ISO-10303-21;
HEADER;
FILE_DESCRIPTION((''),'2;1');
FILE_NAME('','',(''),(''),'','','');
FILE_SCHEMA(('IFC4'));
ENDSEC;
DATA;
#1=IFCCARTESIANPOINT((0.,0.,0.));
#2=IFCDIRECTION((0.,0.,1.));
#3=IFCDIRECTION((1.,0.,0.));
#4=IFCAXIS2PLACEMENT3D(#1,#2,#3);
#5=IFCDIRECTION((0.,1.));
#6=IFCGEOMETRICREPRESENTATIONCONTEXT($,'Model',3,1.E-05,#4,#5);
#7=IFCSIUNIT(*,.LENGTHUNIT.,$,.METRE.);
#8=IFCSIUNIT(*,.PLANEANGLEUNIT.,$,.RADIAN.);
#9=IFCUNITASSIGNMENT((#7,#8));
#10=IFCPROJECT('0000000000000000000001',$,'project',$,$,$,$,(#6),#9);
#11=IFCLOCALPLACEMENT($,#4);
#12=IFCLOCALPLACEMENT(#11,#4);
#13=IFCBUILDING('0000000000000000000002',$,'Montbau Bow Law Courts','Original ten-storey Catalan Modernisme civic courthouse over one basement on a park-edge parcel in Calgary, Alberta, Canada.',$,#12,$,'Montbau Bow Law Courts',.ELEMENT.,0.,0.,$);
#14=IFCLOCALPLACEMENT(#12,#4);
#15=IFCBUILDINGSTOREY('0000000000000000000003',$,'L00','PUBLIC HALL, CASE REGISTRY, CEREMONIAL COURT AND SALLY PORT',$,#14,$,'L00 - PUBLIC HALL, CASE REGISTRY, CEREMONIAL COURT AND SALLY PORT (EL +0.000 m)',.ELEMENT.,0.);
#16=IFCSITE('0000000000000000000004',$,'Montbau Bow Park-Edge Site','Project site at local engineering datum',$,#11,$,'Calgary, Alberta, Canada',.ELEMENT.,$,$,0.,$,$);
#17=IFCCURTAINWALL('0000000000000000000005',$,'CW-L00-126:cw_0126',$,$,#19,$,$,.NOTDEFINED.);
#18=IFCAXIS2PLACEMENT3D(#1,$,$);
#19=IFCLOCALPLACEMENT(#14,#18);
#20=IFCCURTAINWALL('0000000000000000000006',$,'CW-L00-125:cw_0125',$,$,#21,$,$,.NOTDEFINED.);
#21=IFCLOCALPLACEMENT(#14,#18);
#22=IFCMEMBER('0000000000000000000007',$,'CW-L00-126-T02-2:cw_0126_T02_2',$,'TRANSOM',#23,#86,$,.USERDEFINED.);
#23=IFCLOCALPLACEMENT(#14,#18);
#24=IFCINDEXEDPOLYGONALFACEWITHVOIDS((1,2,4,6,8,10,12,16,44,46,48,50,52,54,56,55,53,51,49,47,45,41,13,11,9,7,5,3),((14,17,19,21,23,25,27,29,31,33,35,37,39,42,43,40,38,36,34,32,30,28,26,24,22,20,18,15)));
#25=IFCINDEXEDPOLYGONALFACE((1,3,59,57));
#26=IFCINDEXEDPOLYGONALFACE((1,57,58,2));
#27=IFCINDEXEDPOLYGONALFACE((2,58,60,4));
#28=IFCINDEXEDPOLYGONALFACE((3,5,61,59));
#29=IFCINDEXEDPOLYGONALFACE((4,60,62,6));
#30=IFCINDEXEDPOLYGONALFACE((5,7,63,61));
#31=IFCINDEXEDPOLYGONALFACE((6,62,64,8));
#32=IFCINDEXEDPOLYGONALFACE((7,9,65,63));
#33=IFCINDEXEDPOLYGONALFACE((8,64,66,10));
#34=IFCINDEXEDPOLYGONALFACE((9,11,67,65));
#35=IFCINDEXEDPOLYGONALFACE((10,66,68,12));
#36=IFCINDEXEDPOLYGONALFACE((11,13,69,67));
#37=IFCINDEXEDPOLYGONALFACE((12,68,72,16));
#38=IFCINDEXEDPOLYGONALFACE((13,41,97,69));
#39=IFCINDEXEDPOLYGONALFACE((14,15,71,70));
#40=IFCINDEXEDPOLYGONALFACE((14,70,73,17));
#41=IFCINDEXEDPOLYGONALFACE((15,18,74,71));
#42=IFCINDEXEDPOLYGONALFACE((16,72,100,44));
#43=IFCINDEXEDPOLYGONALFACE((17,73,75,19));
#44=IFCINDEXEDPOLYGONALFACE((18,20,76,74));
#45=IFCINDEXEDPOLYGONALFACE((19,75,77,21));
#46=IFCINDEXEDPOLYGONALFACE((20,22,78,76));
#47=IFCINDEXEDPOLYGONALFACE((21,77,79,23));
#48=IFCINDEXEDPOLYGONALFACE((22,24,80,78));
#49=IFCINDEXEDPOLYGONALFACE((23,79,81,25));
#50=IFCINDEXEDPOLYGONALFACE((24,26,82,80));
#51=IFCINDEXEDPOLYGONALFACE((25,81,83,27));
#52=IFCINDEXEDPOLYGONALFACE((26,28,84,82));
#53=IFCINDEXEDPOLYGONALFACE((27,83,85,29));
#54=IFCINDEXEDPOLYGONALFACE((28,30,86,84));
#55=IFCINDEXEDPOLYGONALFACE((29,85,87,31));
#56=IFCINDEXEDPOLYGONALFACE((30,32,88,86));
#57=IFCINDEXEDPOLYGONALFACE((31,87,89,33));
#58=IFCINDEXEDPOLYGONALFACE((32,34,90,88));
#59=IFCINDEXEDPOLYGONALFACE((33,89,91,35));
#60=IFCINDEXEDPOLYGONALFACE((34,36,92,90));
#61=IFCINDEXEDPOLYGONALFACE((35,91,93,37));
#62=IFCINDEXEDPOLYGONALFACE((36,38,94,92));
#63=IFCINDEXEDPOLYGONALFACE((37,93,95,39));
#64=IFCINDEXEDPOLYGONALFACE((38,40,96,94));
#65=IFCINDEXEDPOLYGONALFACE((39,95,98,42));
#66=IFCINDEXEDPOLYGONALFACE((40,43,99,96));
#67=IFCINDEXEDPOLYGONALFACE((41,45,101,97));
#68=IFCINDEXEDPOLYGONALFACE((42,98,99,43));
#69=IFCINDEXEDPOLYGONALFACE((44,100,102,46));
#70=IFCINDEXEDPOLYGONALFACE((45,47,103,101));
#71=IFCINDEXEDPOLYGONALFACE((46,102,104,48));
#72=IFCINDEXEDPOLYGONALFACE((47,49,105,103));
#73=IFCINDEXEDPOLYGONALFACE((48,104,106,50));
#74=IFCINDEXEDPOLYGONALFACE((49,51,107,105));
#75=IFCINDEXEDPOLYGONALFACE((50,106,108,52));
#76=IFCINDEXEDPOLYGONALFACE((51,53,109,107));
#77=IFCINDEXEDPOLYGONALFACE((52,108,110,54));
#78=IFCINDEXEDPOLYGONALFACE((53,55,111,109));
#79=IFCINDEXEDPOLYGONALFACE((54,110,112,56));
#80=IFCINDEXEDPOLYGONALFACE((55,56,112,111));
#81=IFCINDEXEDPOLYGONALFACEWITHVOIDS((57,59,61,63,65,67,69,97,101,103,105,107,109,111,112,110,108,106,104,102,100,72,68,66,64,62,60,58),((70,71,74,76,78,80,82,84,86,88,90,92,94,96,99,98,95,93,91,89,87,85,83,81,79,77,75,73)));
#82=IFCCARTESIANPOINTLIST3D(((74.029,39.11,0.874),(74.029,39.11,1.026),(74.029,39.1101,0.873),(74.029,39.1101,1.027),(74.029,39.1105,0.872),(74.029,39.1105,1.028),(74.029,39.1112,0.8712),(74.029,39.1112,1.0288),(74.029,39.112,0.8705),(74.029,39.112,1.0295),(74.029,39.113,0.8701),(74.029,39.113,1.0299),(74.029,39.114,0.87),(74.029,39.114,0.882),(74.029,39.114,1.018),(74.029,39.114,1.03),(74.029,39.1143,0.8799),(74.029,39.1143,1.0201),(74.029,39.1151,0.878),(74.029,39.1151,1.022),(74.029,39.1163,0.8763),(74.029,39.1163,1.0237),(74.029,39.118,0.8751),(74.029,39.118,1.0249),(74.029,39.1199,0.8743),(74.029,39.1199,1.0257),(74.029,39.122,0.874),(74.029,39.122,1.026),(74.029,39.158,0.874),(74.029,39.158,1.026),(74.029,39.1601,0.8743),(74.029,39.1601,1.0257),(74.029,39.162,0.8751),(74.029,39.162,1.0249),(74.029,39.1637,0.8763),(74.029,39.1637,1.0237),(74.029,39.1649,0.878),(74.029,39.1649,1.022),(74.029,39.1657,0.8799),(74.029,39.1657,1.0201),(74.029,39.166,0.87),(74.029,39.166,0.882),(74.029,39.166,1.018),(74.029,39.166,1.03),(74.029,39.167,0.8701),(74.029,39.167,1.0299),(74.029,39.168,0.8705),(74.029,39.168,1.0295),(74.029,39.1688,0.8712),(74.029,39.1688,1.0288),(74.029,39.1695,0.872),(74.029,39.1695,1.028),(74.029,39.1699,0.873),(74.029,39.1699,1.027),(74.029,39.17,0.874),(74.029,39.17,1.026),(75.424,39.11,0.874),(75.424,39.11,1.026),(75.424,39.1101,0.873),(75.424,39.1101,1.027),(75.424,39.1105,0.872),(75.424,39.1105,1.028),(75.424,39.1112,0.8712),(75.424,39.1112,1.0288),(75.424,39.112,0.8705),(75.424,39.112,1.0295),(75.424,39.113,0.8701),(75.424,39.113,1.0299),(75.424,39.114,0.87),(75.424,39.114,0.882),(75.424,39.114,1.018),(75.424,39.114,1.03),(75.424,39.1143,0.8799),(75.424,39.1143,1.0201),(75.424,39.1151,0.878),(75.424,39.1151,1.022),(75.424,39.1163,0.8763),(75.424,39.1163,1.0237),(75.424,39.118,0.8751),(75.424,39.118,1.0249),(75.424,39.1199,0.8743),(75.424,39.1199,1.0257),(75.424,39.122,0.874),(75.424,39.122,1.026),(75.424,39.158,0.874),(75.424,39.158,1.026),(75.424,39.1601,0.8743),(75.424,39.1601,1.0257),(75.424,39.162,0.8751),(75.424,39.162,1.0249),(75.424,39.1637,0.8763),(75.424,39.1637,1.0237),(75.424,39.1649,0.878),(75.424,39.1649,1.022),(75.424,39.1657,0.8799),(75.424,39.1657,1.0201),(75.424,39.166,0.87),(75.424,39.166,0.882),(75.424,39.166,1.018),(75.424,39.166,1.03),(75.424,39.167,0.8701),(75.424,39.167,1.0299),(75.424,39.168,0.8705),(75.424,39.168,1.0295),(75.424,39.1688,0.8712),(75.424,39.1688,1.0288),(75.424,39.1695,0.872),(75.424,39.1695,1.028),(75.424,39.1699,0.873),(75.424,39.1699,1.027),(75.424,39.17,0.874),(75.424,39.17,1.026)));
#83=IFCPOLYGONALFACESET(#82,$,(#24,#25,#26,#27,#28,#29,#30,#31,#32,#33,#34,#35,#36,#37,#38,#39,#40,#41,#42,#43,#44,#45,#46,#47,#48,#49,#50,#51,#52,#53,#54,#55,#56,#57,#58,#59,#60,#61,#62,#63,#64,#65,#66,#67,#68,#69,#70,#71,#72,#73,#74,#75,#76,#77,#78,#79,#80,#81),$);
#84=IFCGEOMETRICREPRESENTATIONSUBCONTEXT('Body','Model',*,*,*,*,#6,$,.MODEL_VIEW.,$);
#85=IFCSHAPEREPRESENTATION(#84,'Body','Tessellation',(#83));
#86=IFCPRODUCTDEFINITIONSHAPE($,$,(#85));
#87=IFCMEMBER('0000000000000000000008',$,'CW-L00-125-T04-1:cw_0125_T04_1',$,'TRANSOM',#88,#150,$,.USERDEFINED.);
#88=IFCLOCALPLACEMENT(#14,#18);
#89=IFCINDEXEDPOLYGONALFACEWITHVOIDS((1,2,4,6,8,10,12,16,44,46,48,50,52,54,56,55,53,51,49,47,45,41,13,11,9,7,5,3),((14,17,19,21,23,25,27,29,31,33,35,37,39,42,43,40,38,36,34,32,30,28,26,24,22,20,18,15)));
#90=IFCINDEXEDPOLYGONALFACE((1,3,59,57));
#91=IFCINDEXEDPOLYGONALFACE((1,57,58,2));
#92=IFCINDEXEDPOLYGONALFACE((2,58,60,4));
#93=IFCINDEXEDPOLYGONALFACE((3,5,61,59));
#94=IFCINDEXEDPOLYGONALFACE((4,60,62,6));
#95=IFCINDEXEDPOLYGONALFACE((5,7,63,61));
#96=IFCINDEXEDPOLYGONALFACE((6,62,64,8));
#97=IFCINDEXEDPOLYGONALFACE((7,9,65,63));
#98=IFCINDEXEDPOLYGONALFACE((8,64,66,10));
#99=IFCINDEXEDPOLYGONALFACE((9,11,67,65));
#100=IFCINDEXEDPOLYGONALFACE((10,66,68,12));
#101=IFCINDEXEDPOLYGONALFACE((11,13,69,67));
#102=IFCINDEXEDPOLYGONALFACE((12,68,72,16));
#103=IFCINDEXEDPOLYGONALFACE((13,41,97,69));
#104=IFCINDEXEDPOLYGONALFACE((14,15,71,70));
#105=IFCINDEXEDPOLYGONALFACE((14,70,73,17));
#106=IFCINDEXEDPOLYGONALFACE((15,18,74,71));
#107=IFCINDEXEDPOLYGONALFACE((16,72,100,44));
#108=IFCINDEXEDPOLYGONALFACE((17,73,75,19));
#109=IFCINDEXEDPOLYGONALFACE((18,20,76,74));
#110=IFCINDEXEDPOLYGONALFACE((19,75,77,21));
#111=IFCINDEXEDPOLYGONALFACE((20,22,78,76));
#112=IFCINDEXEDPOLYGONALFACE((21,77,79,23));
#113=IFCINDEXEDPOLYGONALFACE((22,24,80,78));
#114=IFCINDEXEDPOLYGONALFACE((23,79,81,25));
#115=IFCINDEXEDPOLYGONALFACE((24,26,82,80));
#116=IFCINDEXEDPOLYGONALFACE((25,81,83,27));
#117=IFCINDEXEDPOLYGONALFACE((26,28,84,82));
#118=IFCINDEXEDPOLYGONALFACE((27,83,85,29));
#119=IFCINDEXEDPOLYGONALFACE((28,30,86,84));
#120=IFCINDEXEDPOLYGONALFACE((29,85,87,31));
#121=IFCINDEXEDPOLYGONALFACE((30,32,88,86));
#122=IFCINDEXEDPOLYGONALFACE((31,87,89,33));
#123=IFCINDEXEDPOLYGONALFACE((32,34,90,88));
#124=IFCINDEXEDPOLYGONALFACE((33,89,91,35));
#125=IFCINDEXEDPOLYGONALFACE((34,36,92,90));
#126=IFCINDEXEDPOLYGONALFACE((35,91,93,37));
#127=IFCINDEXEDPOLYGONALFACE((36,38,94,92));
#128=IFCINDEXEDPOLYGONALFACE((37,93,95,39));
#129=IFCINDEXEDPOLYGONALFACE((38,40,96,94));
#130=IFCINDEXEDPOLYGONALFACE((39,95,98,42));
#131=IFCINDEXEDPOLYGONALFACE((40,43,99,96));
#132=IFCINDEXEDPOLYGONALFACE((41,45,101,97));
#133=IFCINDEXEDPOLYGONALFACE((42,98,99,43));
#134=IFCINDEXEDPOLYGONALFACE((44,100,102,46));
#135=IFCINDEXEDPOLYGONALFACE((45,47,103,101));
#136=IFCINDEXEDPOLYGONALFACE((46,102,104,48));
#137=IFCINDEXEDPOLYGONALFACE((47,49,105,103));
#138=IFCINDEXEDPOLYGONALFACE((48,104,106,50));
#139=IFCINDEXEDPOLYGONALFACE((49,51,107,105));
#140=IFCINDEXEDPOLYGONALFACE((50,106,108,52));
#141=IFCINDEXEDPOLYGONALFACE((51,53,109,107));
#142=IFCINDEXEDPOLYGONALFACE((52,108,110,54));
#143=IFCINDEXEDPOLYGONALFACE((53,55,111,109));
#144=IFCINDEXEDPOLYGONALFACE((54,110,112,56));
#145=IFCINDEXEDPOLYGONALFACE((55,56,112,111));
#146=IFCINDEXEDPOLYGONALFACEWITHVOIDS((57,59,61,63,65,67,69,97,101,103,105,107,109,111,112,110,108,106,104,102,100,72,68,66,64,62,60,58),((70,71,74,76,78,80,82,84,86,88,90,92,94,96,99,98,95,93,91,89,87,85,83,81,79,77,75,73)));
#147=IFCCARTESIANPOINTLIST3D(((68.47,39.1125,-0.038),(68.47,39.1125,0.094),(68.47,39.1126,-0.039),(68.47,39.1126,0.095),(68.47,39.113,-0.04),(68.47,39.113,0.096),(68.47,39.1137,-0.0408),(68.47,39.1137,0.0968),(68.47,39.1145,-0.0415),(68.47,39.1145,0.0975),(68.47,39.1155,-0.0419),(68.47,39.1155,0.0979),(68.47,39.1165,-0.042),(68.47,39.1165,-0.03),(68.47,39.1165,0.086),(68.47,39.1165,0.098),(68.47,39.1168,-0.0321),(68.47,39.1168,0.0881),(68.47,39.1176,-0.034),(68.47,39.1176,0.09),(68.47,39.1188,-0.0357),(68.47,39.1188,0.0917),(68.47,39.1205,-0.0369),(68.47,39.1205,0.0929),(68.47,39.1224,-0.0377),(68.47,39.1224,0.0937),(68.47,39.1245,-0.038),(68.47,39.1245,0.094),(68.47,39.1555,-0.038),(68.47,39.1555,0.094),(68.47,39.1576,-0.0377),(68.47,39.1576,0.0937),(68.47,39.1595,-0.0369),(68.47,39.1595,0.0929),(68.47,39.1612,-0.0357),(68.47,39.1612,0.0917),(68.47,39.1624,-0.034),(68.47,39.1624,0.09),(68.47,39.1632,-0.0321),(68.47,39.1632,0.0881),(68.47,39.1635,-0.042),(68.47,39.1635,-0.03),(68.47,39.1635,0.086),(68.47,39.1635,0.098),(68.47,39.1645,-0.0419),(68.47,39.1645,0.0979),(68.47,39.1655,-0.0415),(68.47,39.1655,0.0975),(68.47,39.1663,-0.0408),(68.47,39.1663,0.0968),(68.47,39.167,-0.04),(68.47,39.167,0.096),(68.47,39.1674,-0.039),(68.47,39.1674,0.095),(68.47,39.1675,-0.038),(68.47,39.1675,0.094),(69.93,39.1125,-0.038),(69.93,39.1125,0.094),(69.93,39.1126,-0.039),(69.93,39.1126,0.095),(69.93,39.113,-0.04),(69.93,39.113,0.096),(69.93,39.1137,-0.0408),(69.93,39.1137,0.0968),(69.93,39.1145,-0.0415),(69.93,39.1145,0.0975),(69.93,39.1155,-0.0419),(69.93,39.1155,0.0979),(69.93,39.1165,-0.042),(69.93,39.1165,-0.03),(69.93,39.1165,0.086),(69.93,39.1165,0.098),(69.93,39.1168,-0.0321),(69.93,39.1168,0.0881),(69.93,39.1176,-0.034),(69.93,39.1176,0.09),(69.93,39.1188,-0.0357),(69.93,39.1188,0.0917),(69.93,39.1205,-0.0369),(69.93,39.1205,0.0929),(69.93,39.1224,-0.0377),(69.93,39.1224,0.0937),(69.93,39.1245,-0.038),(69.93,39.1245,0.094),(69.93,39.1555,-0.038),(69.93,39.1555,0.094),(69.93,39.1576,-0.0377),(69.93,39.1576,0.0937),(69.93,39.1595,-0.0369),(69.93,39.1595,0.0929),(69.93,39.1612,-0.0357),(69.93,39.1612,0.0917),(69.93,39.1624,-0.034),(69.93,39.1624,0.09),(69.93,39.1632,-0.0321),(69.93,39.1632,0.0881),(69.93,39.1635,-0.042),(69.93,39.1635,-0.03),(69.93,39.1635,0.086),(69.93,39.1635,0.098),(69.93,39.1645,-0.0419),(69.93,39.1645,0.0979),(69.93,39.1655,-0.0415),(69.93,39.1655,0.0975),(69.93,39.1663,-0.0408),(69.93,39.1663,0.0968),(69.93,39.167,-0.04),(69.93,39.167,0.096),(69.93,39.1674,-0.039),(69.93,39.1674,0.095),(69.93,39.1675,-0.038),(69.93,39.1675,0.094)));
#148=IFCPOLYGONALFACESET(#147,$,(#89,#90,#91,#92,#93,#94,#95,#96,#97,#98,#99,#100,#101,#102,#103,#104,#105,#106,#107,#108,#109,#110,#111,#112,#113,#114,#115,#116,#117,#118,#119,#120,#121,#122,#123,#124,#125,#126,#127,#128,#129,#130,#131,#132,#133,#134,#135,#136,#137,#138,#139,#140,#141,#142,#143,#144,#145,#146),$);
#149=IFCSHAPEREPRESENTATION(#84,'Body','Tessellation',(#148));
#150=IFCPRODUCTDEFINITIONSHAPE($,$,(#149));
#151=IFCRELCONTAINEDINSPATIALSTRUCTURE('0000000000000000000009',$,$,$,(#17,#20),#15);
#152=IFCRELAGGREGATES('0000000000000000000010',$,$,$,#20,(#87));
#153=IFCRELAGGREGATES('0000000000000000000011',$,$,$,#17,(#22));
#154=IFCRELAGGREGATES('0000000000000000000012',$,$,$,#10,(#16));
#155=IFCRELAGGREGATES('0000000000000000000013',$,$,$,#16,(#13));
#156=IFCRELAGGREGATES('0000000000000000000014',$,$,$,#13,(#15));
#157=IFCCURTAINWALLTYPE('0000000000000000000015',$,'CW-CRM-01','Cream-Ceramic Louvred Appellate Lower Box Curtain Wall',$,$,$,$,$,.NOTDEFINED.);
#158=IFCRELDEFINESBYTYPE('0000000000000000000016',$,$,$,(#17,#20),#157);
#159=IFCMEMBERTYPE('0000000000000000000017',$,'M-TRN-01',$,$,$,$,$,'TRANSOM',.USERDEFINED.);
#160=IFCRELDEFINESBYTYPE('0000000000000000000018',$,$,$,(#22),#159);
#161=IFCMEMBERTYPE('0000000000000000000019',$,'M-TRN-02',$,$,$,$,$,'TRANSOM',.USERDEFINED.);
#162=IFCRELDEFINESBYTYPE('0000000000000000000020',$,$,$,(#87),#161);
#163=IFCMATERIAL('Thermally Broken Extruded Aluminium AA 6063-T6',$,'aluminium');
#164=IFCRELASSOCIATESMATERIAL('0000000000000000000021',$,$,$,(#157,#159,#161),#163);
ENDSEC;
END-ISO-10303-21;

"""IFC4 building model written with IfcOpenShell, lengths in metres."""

from ifc_helpers import new_model, si_unit, direction, frame, origin_with_axes, origin_2d_with_axis, place, context, subcontext, project, spatial, hollow_rectangle, extrude, material, material_profile, profile_set, type_object, element, aggregate, save


model = new_model("IFC4")

# Units and contexts
model_context = context("Model", 3, precision=1e-05, world=origin_with_axes(), true_north=direction((0.0, 1.0)))
body_context = subcontext(model_context, "Body", "Model", "MODEL_VIEW")
ifc_project = project(units=[si_unit("LENGTHUNIT", "METRE"), si_unit("PLANEANGLEUNIT", "RADIAN")], contexts=[model_context])

# Site, building, storey
site_placement = place(None, origin_with_axes())
site = spatial("IfcSite", under=ifc_project, at=site_placement, Name="Montbau Bow Park-Edge Site", Description="Project site at local engineering datum", LongName="Calgary, Alberta, Canada", CompositionType="ELEMENT", RefElevation=0.0)
building_placement = place(site_placement, origin_with_axes())
building = spatial("IfcBuilding", under=site, at=building_placement, Name="Montbau Bow Law Courts", Description="Original ten-storey Catalan Modernisme civic courthouse over one basement on a park-edge parcel in Calgary, Alberta, Canada.", LongName="Montbau Bow Law Courts", CompositionType="ELEMENT", ElevationOfRefHeight=0.0, ElevationOfTerrain=0.0)
storey_placement = place(building_placement, origin_with_axes())
storey = spatial("IfcBuildingStorey", under=building, at=storey_placement, Name="L00", Description="PUBLIC HALL, CASE REGISTRY, CEREMONIAL COURT AND SALLY PORT", LongName="L00 - PUBLIC HALL, CASE REGISTRY, CEREMONIAL COURT AND SALLY PORT (EL +0.000 m)", CompositionType="ELEMENT", Elevation=0.0)

# Curtain walls
ifc_material_1 = material(Name="Thermally Broken Extruded Aluminium AA 6063-T6", Category="aluminium")
curtain_wall_type = type_object("IfcCurtainWallType", Name="CW-CRM-01", Description="Cream-Ceramic Louvred Appellate Lower Box Curtain Wall", PredefinedType="NOTDEFINED", material=ifc_material_1)
curtain_wall_1_placement = place(None, frame((72.515, 39.14, 0.0), z_axis=(0.0, 0.0, 1.0), x_axis=(1.0, 0.0, 0.0)))
curtain_wall_1 = element("IfcCurtainWall", 1, at=curtain_wall_1_placement, inside=storey, type_object=curtain_wall_type, Name="CW-L00-126:cw_0126", PredefinedType="NOTDEFINED")
curtain_wall_2_placement = place(None, frame((63.868, 39.14, 0.0), z_axis=(0.0, 0.0, 1.0), x_axis=(1.0, 0.0, 0.0)))
curtain_wall_2 = element("IfcCurtainWall", 2, at=curtain_wall_2_placement, inside=storey, type_object=curtain_wall_type, Name="CW-L00-125:cw_0125", PredefinedType="NOTDEFINED")

# Members
ifc_material_profile_1 = material_profile(ifc_material_1, hollow_rectangle(XDim=0.06, YDim=0.16, WallThickness=0.004, InnerFilletRadius=0.008, OuterFilletRadius=0.004, at=origin_2d_with_axis()), Name="CWT-160X60", Category="Main", Priority=0)
ifc_profile_set_1 = profile_set([ifc_material_profile_1], Name="Thermally Broken Extruded Aluminium AA 6063-T6")
member_type_1 = type_object("IfcMemberType", Name="M-TRN-01", ElementType="TRANSOM", PredefinedType="USERDEFINED", material=ifc_profile_set_1)
member_1_placement = place(None, frame((74.029, 39.14, 0.95), z_axis=(1.0, 0.0, 0.0), x_axis=(0.0, 1.0, 0.0)))
member_1 = element("IfcMember", 3, at=member_1_placement, type_object=member_type_1, Name="CW-L00-126-T02-2:cw_0126_T02_2", ObjectType="TRANSOM", PredefinedType="USERDEFINED", context=body_context, shape_type="SweptSolid", body=[
    extrude(hollow_rectangle(XDim=0.06, YDim=0.16, WallThickness=0.004, InnerFilletRadius=0.008, OuterFilletRadius=0.004, at=origin_2d_with_axis()), origin_with_axes(), (0.0, 0.0, 1.0), 1.395),
])
ifc_material_profile_2 = material_profile(ifc_material_1, hollow_rectangle(XDim=0.055, YDim=0.14, WallThickness=0.004, InnerFilletRadius=0.008, OuterFilletRadius=0.004, at=origin_2d_with_axis()), Name="CWT-140X55", Category="Main", Priority=0)
ifc_profile_set_2 = profile_set([ifc_material_profile_2], Name="Thermally Broken Extruded Aluminium AA 6063-T6")
member_type_2 = type_object("IfcMemberType", Name="M-TRN-02", ElementType="TRANSOM", PredefinedType="USERDEFINED", material=ifc_profile_set_2)
member_2_placement = place(None, frame((68.47, 39.14, 0.028), z_axis=(1.0, 0.0, 0.0), x_axis=(0.0, 1.0, 0.0)))
member_2 = element("IfcMember", 4, at=member_2_placement, type_object=member_type_2, Name="CW-L00-125-T04-1:cw_0125_T04_1", ObjectType="TRANSOM", PredefinedType="USERDEFINED", context=body_context, shape_type="SweptSolid", body=[
    extrude(hollow_rectangle(XDim=0.055, YDim=0.14, WallThickness=0.004, InnerFilletRadius=0.008, OuterFilletRadius=0.004, at=origin_2d_with_axis()), origin_with_axes(), (0.0, 0.0, 1.0), 1.46),
])

aggregate(curtain_wall_2, [member_2])
aggregate(curtain_wall_1, [member_1])

save(model, "model.ifc")
